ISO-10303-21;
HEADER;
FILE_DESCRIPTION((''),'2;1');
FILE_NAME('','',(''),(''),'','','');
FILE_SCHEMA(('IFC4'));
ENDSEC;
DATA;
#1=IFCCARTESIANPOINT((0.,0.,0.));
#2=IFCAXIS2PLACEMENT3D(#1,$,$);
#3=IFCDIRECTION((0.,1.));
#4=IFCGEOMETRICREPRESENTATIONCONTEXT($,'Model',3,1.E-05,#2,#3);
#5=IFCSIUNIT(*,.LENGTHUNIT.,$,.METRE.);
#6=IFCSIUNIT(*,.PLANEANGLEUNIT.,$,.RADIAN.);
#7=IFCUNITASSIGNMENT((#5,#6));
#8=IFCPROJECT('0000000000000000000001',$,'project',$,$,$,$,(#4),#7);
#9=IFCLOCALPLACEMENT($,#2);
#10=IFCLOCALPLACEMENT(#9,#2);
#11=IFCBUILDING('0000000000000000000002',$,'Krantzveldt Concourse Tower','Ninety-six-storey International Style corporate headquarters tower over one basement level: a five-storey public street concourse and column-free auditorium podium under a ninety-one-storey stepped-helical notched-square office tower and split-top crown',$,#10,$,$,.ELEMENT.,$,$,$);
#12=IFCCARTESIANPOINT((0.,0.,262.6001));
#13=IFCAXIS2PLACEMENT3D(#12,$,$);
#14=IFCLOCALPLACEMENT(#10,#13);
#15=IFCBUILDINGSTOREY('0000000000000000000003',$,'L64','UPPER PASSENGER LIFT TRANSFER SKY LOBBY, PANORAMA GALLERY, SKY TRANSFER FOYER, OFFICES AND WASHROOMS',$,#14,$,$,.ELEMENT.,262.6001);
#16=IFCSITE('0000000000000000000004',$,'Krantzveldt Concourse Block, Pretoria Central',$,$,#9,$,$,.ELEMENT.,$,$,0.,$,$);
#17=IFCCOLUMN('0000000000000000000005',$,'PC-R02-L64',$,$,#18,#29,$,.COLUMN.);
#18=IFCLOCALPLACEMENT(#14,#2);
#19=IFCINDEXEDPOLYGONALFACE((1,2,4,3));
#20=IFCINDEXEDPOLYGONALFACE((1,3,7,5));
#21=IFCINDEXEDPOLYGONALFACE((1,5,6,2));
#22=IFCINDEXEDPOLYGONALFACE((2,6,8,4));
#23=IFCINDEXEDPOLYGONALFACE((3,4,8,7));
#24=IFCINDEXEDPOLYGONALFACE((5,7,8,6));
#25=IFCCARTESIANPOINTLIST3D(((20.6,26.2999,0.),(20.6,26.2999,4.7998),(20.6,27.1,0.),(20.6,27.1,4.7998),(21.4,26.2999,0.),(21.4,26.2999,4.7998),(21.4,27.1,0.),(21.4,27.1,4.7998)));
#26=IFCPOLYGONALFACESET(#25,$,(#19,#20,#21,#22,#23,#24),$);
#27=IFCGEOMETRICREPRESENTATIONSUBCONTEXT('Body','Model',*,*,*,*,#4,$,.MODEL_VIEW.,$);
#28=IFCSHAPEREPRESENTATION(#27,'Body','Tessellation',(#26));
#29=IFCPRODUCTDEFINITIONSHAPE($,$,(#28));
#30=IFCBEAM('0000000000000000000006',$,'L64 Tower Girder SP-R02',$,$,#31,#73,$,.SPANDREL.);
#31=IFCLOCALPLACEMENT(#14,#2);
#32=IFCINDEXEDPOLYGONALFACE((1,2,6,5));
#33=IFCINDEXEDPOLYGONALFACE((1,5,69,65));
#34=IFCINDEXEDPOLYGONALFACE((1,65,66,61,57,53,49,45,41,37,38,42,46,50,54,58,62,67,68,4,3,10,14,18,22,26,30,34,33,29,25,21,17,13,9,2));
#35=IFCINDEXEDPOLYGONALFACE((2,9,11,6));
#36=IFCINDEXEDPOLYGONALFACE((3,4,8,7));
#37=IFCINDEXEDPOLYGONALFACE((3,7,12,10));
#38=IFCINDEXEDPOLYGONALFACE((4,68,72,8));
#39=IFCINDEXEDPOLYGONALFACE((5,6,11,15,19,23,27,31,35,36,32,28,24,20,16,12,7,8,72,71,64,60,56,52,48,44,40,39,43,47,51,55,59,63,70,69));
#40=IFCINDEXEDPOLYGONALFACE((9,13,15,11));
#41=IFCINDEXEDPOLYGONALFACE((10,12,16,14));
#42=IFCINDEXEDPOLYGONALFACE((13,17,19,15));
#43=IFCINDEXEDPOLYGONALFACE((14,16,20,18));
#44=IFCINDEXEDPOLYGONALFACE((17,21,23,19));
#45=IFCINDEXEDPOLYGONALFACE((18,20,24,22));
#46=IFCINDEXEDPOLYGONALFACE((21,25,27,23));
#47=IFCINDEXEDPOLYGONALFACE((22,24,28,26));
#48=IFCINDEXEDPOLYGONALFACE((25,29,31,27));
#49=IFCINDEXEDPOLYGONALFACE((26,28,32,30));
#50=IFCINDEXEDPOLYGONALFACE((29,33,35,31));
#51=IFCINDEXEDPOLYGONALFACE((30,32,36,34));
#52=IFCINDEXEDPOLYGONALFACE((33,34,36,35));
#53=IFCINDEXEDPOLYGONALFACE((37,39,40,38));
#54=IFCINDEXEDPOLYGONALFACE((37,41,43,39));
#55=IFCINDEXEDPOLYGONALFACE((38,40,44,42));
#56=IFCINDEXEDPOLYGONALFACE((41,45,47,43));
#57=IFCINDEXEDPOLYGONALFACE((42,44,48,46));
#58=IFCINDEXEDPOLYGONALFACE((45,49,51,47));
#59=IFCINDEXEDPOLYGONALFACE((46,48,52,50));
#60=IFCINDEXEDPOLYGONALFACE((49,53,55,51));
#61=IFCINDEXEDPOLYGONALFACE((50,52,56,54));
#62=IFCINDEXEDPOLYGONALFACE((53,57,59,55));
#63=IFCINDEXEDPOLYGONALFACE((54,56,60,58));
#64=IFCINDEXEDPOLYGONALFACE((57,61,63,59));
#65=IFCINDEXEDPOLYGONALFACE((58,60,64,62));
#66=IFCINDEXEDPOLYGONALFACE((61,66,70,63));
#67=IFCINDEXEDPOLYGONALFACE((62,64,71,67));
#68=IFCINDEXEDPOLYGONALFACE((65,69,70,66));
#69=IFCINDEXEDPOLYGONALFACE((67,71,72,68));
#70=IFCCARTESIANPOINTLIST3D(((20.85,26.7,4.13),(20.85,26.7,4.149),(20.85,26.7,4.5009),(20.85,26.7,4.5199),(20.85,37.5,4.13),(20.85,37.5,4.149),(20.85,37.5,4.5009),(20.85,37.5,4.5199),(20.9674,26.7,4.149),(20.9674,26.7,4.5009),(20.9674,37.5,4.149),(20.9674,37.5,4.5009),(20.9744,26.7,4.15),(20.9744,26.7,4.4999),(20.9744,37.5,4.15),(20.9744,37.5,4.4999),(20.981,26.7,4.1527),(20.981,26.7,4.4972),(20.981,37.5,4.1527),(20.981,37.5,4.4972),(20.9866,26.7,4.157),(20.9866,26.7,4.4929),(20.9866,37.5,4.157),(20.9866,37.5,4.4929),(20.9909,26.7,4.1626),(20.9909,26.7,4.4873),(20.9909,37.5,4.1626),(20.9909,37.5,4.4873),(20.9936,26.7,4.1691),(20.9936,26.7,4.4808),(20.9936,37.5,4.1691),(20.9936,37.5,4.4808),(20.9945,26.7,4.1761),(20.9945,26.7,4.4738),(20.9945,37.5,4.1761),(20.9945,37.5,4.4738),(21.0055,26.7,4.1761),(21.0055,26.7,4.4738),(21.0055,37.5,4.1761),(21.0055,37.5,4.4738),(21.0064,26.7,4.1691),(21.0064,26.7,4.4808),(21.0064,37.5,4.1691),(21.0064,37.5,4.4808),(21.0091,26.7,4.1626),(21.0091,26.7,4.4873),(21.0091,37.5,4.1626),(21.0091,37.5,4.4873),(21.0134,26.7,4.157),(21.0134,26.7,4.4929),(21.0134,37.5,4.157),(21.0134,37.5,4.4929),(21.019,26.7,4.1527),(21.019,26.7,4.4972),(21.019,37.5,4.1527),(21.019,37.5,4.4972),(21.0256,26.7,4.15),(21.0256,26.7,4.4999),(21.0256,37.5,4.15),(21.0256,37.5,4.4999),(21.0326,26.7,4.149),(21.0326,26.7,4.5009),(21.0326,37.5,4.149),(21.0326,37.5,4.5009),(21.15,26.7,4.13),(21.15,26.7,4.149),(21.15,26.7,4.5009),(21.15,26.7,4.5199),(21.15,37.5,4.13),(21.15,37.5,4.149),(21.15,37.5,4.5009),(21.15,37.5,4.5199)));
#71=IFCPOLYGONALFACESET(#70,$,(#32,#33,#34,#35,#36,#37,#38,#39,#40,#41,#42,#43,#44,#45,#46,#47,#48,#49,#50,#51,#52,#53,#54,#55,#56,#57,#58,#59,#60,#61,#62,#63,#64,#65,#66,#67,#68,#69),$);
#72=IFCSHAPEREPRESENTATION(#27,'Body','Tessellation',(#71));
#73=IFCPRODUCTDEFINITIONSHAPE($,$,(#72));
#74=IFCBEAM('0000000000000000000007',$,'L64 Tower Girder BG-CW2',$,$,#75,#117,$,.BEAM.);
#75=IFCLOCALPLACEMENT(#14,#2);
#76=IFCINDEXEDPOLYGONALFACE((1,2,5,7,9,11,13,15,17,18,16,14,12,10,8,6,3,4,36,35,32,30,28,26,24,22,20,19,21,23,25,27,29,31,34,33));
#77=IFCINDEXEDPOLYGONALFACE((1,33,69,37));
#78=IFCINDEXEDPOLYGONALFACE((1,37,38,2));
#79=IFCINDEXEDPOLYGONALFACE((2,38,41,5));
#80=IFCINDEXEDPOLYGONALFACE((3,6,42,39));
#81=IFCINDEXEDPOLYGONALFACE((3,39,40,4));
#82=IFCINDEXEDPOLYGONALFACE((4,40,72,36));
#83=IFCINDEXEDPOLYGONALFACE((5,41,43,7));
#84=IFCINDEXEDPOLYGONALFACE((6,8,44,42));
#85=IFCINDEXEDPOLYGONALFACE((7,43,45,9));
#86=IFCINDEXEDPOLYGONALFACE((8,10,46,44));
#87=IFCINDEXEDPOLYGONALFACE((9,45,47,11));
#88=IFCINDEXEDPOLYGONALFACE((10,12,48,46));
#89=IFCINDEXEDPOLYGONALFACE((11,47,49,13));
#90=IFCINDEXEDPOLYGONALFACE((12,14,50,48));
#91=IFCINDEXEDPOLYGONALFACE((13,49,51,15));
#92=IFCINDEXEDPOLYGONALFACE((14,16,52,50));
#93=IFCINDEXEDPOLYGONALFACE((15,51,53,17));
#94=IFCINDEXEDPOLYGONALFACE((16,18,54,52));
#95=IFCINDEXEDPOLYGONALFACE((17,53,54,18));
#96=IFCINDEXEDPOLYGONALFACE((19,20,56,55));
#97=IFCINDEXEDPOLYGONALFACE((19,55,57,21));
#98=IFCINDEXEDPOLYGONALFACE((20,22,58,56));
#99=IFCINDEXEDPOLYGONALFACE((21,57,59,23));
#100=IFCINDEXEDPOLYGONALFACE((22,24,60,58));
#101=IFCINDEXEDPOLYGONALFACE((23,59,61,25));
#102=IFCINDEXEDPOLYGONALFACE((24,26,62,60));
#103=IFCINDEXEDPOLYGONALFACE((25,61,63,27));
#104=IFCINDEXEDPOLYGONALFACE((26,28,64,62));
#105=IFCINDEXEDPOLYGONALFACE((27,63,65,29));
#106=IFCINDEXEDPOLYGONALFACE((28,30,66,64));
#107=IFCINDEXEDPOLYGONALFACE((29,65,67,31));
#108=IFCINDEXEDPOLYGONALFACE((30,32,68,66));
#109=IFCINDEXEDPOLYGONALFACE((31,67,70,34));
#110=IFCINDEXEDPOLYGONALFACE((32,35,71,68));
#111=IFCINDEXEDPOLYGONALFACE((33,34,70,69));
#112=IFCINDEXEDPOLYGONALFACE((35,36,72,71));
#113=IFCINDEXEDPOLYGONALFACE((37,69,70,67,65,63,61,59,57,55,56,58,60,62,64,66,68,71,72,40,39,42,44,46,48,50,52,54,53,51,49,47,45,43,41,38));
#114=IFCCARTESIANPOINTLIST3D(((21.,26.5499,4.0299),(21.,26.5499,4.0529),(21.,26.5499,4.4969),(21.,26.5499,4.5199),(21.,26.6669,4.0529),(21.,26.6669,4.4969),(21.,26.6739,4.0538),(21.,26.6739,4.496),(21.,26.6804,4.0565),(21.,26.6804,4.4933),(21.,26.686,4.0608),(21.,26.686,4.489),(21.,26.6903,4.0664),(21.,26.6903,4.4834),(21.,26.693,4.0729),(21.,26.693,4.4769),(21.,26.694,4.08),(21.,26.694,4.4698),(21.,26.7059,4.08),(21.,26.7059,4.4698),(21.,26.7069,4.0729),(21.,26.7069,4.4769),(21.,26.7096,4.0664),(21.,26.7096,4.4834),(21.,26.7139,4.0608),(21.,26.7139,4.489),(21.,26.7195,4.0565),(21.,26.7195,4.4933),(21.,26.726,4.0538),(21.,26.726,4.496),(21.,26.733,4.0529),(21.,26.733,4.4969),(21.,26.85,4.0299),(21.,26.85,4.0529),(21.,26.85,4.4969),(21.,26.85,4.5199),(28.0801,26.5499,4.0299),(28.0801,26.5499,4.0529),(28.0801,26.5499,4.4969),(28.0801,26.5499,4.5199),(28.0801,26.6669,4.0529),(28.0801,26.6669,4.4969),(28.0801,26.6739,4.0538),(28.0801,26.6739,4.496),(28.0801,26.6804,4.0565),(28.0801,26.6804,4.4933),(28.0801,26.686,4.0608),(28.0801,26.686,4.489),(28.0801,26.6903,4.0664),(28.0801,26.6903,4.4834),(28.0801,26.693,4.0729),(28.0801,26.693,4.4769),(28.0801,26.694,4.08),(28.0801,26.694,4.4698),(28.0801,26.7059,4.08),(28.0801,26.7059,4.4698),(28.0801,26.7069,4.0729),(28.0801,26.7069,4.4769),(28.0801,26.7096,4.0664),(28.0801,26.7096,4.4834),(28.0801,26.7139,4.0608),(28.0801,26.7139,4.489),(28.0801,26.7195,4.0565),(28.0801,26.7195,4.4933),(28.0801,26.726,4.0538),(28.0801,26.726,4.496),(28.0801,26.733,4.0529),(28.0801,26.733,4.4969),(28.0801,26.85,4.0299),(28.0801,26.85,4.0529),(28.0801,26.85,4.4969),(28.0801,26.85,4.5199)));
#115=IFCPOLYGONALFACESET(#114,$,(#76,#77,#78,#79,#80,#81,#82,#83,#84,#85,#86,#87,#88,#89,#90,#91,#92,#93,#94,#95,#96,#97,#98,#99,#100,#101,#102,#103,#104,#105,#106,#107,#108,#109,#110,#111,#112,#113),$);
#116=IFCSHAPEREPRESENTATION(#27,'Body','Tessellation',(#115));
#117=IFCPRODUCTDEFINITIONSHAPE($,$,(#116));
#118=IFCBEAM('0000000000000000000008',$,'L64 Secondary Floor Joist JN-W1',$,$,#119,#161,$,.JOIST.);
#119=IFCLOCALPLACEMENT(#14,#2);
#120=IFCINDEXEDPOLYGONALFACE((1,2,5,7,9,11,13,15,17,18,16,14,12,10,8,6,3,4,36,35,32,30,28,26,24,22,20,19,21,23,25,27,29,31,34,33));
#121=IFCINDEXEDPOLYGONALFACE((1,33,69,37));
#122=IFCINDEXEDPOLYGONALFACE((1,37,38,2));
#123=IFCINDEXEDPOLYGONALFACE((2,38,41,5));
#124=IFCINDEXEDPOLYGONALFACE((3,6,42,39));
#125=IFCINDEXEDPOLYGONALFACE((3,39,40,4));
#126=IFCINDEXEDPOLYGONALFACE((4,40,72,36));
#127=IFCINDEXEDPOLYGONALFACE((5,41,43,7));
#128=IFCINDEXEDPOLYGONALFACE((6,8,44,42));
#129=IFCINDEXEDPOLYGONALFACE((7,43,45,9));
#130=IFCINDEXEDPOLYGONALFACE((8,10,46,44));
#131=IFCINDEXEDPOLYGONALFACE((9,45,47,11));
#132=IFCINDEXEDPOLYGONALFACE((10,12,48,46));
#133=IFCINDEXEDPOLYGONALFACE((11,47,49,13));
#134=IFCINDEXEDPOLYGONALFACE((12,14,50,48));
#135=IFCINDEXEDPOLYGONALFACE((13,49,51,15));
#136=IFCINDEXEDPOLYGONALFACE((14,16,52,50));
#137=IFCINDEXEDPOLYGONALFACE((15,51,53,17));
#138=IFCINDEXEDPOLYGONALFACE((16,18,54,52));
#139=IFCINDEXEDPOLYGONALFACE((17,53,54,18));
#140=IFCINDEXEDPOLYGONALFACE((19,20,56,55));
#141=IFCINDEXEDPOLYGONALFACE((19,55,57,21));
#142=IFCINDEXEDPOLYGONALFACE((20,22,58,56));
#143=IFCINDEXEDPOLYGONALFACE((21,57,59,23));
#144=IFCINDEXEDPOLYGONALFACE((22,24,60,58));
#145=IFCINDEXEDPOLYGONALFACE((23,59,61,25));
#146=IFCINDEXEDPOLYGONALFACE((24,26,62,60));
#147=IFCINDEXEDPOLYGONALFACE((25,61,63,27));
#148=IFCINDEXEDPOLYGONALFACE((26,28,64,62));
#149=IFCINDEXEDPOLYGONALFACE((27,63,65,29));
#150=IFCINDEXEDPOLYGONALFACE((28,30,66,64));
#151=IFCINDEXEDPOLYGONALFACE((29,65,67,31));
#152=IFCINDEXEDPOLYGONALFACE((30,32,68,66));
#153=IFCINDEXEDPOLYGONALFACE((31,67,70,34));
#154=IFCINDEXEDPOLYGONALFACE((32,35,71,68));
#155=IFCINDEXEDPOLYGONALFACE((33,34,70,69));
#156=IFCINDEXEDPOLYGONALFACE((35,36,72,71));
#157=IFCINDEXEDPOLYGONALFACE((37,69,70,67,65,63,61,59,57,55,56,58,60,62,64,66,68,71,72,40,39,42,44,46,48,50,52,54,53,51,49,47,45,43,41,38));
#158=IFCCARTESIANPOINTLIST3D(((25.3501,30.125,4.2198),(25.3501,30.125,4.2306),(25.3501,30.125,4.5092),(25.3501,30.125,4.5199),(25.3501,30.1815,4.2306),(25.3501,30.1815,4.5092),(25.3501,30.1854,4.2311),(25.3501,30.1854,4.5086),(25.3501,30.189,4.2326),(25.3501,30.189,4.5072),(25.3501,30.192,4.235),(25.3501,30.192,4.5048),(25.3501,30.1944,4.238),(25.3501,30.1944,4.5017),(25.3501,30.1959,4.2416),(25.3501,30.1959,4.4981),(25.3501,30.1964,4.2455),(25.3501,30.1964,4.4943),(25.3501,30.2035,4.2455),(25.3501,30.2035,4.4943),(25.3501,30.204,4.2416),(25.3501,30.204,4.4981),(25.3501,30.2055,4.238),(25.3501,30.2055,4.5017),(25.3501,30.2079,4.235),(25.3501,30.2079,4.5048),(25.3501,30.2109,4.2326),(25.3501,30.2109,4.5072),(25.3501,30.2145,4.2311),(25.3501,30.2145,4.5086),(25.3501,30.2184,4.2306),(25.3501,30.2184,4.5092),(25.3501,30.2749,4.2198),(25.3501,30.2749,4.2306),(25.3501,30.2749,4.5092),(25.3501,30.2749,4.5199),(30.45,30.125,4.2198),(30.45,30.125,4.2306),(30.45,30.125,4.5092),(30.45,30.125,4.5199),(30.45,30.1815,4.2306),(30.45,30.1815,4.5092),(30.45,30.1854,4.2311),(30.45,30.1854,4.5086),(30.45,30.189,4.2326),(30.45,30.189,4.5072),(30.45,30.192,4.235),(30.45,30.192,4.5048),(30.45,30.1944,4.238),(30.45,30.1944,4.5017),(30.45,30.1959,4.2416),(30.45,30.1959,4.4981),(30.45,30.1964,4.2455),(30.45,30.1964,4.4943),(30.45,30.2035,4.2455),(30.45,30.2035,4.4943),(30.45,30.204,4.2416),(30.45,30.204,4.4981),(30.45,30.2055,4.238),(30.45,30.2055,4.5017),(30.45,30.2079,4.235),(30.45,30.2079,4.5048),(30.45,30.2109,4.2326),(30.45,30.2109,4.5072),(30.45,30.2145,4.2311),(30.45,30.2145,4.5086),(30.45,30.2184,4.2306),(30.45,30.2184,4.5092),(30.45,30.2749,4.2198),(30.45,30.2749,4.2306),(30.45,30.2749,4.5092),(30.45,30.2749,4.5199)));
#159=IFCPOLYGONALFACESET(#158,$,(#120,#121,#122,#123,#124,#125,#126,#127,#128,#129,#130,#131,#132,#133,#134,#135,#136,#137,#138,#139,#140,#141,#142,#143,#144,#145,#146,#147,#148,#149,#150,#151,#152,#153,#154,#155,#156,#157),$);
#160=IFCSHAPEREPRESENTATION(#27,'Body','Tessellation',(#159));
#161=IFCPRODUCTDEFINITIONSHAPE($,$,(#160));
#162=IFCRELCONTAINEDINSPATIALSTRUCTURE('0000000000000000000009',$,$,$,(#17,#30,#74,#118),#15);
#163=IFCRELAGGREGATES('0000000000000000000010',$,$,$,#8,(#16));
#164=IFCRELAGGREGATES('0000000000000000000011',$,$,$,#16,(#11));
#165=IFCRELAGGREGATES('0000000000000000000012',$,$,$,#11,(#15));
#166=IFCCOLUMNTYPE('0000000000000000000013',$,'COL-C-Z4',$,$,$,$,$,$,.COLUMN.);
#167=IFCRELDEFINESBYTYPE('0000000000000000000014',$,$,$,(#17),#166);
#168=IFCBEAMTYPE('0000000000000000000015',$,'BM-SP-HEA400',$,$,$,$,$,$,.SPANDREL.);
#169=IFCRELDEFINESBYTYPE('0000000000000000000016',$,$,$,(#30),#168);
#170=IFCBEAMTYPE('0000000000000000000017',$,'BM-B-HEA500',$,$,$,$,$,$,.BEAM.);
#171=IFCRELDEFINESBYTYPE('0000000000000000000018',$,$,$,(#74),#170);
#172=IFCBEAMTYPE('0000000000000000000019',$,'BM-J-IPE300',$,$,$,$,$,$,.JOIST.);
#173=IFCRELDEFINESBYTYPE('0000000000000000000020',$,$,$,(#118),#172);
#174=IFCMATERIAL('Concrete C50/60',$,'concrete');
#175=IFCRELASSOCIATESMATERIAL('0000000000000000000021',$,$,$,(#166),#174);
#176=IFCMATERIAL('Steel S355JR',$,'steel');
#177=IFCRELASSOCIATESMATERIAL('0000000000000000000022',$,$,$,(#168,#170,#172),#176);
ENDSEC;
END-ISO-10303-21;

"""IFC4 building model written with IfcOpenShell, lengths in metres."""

from ifc_helpers import new_model, si_unit, direction, frame, origin, origin_2d, place, context, subcontext, project, spatial, rectangle, i_section, extrude, source, transform, mapped, material, material_profile, profile_set, type_object, type_shapes, element, save


model = new_model("IFC4")

# Units and contexts
model_context = context("Model", 3, precision=1e-05, world=origin(), true_north=direction((0.0, 1.0)))
body_context = subcontext(model_context, "Body", "Model", "MODEL_VIEW")
ifc_project = project(units=[si_unit("LENGTHUNIT", "METRE"), si_unit("PLANEANGLEUNIT", "RADIAN")], contexts=[model_context])

# Site, building, storey
site_placement = place(None, origin())
site = spatial("IfcSite", under=ifc_project, at=site_placement, Name="Krantzveldt Concourse Block, Pretoria Central", CompositionType="ELEMENT", RefElevation=0.0)
building_placement = place(site_placement, origin())
building = spatial("IfcBuilding", under=site, at=building_placement, Name="Krantzveldt Concourse Tower", Description="Ninety-six-storey International Style corporate headquarters tower over one basement level: a five-storey public street concourse and column-free auditorium podium under a ninety-one-storey stepped-helical notched-square office tower and split-top crown", CompositionType="ELEMENT")
storey_placement = place(building_placement, frame((0.0, 0.0, 262.6001)))
storey = spatial("IfcBuildingStorey", under=building, at=storey_placement, Name="L64", Description="UPPER PASSENGER LIFT TRANSFER SKY LOBBY, PANORAMA GALLERY, SKY TRANSFER FOYER, OFFICES AND WASHROOMS", CompositionType="ELEMENT", Elevation=262.6001)

# Column
ifc_material_1 = material(Name="Concrete C50/60", Category="concrete")
ifc_material_profile_1 = material_profile(ifc_material_1, rectangle(XDim=0.8, YDim=0.8, at=origin_2d()), Name="Concrete C50/60", Category="concrete")
ifc_profile_set_1 = profile_set([ifc_material_profile_1], Name="Concrete C50/60 - RC 800x800")
column_type = type_object("IfcColumnType", Name="COL-C-Z4", PredefinedType="COLUMN", material=ifc_profile_set_1)
shared_shape_1 = source(origin(), body_context, "Body", "SweptSolid", [
    extrude(rectangle(XDim=0.8, YDim=0.8, at=origin_2d()), origin(), (0.0, 0.0, 1.0), 4.7998),
])
type_shapes(column_type, [shared_shape_1])
column_placement = place(storey_placement, frame((21.0, 26.7, 0.0), z_axis=(0.0, 0.0, 1.0), x_axis=(1.0, 0.0, 0.0)))
element("IfcColumn", 1, at=column_placement, inside=storey, type_object=column_type, Name="PC-R02-L64", PredefinedType="COLUMN", context=body_context, shape_type="MappedRepresentation", body=[
    mapped(shared_shape_1, transform((0.0, 0.0, 0.0), x_axis=(1.0, 0.0, 0.0), y_axis=(0.0, 1.0, 0.0), z_axis=(0.0, 0.0, 1.0), scale=1.0)),
])

# Beams
ifc_material_2 = material(Name="Steel S355JR", Category="steel")
ifc_material_profile_2 = material_profile(ifc_material_2, i_section(OverallWidth=0.3, OverallDepth=0.3899, WebThickness=0.011, FlangeThickness=0.019, FilletRadius=0.0271, at=origin_2d()), Name="Steel S355JR", Category="steel")
ifc_profile_set_2 = profile_set([ifc_material_profile_2], Name="Steel S355JR - HEA 400")
beam_type_1 = type_object("IfcBeamType", Name="BM-SP-HEA400", PredefinedType="SPANDREL", material=ifc_profile_set_2)
shared_shape_2 = source(origin(), body_context, "Body", "SweptSolid", [
    extrude(i_section(OverallWidth=0.3, OverallDepth=0.3899, WebThickness=0.011, FlangeThickness=0.019, FilletRadius=0.0271, at=origin_2d()), origin(), (0.0, 0.0, 1.0), 10.8),
])
type_shapes(beam_type_1, [shared_shape_2])
beam_1_placement = place(storey_placement, frame((21.0, 26.7, 4.325), z_axis=(0.0, 1.0, 0.0), x_axis=(-1.0, 0.0, 0.0)))
element("IfcBeam", 2, at=beam_1_placement, inside=storey, type_object=beam_type_1, Name="L64 Tower Girder SP-R02", PredefinedType="SPANDREL", context=body_context, shape_type="MappedRepresentation", body=[
    mapped(shared_shape_2, transform((0.0, 0.0, 0.0), x_axis=(1.0, 0.0, 0.0), y_axis=(0.0, 1.0, 0.0), z_axis=(0.0, 0.0, 1.0), scale=1.0)),
])
ifc_material_profile_3 = material_profile(ifc_material_2, i_section(OverallWidth=0.3, OverallDepth=0.49, WebThickness=0.012, FlangeThickness=0.0229, FilletRadius=0.0271, at=origin_2d()), Name="Steel S355JR", Category="steel")
ifc_profile_set_3 = profile_set([ifc_material_profile_3], Name="Steel S355JR - HEA 500")
beam_type_2 = type_object("IfcBeamType", Name="BM-B-HEA500", PredefinedType="BEAM", material=ifc_profile_set_3)
shared_shape_3 = source(origin(), body_context, "Body", "SweptSolid", [
    extrude(i_section(OverallWidth=0.3, OverallDepth=0.49, WebThickness=0.012, FlangeThickness=0.0229, FilletRadius=0.0271, at=origin_2d()), origin(), (0.0, 0.0, 1.0), 7.0801),
])
type_shapes(beam_type_2, [shared_shape_3])
beam_2_placement = place(storey_placement, frame((21.0, 26.7, 4.2749), z_axis=(1.0, 0.0, 0.0), x_axis=(0.0, 1.0, 0.0)))
element("IfcBeam", 3, at=beam_2_placement, inside=storey, type_object=beam_type_2, Name="L64 Tower Girder BG-CW2", PredefinedType="BEAM", context=body_context, shape_type="MappedRepresentation", body=[
    mapped(shared_shape_3, transform((0.0, 0.0, 0.0), x_axis=(1.0, 0.0, 0.0), y_axis=(0.0, 1.0, 0.0), z_axis=(0.0, 0.0, 1.0), scale=1.0)),
])
ifc_material_profile_4 = material_profile(ifc_material_2, i_section(OverallWidth=0.1499, OverallDepth=0.3, WebThickness=0.0071, FlangeThickness=0.0107, FilletRadius=0.0149, at=origin_2d()), Name="Steel S355JR", Category="steel")
ifc_profile_set_4 = profile_set([ifc_material_profile_4], Name="Steel S355JR - IPE 300")
beam_type_3 = type_object("IfcBeamType", Name="BM-J-IPE300", PredefinedType="JOIST", material=ifc_profile_set_4)
shared_shape_4 = source(origin(), body_context, "Body", "SweptSolid", [
    extrude(i_section(OverallWidth=0.1499, OverallDepth=0.3, WebThickness=0.0071, FlangeThickness=0.0107, FilletRadius=0.0149, at=origin_2d()), origin(), (0.0, 0.0, 1.0), 5.0999),
])
type_shapes(beam_type_3, [shared_shape_4])
for number, where, z_axis, x_axis, name in (
    (4, (25.3501, 30.2, 4.3699), (1.0, 0.0, 0.0), (0.0, 1.0, 0.0), "L64 Secondary Floor Joist JN-W1"),
):
    element("IfcBeam", number, at=place(storey_placement, frame(where, z_axis=z_axis, x_axis=x_axis)), inside=storey, type_object=beam_type_3, Name=name, PredefinedType="JOIST", context=body_context, shape_type="MappedRepresentation", body=[
        mapped(shared_shape_4, transform((0.0, 0.0, 0.0), x_axis=(1.0, 0.0, 0.0), y_axis=(0.0, 1.0, 0.0), z_axis=(0.0, 0.0, 1.0), scale=1.0)),
    ])

save(model, "model.ifc")
